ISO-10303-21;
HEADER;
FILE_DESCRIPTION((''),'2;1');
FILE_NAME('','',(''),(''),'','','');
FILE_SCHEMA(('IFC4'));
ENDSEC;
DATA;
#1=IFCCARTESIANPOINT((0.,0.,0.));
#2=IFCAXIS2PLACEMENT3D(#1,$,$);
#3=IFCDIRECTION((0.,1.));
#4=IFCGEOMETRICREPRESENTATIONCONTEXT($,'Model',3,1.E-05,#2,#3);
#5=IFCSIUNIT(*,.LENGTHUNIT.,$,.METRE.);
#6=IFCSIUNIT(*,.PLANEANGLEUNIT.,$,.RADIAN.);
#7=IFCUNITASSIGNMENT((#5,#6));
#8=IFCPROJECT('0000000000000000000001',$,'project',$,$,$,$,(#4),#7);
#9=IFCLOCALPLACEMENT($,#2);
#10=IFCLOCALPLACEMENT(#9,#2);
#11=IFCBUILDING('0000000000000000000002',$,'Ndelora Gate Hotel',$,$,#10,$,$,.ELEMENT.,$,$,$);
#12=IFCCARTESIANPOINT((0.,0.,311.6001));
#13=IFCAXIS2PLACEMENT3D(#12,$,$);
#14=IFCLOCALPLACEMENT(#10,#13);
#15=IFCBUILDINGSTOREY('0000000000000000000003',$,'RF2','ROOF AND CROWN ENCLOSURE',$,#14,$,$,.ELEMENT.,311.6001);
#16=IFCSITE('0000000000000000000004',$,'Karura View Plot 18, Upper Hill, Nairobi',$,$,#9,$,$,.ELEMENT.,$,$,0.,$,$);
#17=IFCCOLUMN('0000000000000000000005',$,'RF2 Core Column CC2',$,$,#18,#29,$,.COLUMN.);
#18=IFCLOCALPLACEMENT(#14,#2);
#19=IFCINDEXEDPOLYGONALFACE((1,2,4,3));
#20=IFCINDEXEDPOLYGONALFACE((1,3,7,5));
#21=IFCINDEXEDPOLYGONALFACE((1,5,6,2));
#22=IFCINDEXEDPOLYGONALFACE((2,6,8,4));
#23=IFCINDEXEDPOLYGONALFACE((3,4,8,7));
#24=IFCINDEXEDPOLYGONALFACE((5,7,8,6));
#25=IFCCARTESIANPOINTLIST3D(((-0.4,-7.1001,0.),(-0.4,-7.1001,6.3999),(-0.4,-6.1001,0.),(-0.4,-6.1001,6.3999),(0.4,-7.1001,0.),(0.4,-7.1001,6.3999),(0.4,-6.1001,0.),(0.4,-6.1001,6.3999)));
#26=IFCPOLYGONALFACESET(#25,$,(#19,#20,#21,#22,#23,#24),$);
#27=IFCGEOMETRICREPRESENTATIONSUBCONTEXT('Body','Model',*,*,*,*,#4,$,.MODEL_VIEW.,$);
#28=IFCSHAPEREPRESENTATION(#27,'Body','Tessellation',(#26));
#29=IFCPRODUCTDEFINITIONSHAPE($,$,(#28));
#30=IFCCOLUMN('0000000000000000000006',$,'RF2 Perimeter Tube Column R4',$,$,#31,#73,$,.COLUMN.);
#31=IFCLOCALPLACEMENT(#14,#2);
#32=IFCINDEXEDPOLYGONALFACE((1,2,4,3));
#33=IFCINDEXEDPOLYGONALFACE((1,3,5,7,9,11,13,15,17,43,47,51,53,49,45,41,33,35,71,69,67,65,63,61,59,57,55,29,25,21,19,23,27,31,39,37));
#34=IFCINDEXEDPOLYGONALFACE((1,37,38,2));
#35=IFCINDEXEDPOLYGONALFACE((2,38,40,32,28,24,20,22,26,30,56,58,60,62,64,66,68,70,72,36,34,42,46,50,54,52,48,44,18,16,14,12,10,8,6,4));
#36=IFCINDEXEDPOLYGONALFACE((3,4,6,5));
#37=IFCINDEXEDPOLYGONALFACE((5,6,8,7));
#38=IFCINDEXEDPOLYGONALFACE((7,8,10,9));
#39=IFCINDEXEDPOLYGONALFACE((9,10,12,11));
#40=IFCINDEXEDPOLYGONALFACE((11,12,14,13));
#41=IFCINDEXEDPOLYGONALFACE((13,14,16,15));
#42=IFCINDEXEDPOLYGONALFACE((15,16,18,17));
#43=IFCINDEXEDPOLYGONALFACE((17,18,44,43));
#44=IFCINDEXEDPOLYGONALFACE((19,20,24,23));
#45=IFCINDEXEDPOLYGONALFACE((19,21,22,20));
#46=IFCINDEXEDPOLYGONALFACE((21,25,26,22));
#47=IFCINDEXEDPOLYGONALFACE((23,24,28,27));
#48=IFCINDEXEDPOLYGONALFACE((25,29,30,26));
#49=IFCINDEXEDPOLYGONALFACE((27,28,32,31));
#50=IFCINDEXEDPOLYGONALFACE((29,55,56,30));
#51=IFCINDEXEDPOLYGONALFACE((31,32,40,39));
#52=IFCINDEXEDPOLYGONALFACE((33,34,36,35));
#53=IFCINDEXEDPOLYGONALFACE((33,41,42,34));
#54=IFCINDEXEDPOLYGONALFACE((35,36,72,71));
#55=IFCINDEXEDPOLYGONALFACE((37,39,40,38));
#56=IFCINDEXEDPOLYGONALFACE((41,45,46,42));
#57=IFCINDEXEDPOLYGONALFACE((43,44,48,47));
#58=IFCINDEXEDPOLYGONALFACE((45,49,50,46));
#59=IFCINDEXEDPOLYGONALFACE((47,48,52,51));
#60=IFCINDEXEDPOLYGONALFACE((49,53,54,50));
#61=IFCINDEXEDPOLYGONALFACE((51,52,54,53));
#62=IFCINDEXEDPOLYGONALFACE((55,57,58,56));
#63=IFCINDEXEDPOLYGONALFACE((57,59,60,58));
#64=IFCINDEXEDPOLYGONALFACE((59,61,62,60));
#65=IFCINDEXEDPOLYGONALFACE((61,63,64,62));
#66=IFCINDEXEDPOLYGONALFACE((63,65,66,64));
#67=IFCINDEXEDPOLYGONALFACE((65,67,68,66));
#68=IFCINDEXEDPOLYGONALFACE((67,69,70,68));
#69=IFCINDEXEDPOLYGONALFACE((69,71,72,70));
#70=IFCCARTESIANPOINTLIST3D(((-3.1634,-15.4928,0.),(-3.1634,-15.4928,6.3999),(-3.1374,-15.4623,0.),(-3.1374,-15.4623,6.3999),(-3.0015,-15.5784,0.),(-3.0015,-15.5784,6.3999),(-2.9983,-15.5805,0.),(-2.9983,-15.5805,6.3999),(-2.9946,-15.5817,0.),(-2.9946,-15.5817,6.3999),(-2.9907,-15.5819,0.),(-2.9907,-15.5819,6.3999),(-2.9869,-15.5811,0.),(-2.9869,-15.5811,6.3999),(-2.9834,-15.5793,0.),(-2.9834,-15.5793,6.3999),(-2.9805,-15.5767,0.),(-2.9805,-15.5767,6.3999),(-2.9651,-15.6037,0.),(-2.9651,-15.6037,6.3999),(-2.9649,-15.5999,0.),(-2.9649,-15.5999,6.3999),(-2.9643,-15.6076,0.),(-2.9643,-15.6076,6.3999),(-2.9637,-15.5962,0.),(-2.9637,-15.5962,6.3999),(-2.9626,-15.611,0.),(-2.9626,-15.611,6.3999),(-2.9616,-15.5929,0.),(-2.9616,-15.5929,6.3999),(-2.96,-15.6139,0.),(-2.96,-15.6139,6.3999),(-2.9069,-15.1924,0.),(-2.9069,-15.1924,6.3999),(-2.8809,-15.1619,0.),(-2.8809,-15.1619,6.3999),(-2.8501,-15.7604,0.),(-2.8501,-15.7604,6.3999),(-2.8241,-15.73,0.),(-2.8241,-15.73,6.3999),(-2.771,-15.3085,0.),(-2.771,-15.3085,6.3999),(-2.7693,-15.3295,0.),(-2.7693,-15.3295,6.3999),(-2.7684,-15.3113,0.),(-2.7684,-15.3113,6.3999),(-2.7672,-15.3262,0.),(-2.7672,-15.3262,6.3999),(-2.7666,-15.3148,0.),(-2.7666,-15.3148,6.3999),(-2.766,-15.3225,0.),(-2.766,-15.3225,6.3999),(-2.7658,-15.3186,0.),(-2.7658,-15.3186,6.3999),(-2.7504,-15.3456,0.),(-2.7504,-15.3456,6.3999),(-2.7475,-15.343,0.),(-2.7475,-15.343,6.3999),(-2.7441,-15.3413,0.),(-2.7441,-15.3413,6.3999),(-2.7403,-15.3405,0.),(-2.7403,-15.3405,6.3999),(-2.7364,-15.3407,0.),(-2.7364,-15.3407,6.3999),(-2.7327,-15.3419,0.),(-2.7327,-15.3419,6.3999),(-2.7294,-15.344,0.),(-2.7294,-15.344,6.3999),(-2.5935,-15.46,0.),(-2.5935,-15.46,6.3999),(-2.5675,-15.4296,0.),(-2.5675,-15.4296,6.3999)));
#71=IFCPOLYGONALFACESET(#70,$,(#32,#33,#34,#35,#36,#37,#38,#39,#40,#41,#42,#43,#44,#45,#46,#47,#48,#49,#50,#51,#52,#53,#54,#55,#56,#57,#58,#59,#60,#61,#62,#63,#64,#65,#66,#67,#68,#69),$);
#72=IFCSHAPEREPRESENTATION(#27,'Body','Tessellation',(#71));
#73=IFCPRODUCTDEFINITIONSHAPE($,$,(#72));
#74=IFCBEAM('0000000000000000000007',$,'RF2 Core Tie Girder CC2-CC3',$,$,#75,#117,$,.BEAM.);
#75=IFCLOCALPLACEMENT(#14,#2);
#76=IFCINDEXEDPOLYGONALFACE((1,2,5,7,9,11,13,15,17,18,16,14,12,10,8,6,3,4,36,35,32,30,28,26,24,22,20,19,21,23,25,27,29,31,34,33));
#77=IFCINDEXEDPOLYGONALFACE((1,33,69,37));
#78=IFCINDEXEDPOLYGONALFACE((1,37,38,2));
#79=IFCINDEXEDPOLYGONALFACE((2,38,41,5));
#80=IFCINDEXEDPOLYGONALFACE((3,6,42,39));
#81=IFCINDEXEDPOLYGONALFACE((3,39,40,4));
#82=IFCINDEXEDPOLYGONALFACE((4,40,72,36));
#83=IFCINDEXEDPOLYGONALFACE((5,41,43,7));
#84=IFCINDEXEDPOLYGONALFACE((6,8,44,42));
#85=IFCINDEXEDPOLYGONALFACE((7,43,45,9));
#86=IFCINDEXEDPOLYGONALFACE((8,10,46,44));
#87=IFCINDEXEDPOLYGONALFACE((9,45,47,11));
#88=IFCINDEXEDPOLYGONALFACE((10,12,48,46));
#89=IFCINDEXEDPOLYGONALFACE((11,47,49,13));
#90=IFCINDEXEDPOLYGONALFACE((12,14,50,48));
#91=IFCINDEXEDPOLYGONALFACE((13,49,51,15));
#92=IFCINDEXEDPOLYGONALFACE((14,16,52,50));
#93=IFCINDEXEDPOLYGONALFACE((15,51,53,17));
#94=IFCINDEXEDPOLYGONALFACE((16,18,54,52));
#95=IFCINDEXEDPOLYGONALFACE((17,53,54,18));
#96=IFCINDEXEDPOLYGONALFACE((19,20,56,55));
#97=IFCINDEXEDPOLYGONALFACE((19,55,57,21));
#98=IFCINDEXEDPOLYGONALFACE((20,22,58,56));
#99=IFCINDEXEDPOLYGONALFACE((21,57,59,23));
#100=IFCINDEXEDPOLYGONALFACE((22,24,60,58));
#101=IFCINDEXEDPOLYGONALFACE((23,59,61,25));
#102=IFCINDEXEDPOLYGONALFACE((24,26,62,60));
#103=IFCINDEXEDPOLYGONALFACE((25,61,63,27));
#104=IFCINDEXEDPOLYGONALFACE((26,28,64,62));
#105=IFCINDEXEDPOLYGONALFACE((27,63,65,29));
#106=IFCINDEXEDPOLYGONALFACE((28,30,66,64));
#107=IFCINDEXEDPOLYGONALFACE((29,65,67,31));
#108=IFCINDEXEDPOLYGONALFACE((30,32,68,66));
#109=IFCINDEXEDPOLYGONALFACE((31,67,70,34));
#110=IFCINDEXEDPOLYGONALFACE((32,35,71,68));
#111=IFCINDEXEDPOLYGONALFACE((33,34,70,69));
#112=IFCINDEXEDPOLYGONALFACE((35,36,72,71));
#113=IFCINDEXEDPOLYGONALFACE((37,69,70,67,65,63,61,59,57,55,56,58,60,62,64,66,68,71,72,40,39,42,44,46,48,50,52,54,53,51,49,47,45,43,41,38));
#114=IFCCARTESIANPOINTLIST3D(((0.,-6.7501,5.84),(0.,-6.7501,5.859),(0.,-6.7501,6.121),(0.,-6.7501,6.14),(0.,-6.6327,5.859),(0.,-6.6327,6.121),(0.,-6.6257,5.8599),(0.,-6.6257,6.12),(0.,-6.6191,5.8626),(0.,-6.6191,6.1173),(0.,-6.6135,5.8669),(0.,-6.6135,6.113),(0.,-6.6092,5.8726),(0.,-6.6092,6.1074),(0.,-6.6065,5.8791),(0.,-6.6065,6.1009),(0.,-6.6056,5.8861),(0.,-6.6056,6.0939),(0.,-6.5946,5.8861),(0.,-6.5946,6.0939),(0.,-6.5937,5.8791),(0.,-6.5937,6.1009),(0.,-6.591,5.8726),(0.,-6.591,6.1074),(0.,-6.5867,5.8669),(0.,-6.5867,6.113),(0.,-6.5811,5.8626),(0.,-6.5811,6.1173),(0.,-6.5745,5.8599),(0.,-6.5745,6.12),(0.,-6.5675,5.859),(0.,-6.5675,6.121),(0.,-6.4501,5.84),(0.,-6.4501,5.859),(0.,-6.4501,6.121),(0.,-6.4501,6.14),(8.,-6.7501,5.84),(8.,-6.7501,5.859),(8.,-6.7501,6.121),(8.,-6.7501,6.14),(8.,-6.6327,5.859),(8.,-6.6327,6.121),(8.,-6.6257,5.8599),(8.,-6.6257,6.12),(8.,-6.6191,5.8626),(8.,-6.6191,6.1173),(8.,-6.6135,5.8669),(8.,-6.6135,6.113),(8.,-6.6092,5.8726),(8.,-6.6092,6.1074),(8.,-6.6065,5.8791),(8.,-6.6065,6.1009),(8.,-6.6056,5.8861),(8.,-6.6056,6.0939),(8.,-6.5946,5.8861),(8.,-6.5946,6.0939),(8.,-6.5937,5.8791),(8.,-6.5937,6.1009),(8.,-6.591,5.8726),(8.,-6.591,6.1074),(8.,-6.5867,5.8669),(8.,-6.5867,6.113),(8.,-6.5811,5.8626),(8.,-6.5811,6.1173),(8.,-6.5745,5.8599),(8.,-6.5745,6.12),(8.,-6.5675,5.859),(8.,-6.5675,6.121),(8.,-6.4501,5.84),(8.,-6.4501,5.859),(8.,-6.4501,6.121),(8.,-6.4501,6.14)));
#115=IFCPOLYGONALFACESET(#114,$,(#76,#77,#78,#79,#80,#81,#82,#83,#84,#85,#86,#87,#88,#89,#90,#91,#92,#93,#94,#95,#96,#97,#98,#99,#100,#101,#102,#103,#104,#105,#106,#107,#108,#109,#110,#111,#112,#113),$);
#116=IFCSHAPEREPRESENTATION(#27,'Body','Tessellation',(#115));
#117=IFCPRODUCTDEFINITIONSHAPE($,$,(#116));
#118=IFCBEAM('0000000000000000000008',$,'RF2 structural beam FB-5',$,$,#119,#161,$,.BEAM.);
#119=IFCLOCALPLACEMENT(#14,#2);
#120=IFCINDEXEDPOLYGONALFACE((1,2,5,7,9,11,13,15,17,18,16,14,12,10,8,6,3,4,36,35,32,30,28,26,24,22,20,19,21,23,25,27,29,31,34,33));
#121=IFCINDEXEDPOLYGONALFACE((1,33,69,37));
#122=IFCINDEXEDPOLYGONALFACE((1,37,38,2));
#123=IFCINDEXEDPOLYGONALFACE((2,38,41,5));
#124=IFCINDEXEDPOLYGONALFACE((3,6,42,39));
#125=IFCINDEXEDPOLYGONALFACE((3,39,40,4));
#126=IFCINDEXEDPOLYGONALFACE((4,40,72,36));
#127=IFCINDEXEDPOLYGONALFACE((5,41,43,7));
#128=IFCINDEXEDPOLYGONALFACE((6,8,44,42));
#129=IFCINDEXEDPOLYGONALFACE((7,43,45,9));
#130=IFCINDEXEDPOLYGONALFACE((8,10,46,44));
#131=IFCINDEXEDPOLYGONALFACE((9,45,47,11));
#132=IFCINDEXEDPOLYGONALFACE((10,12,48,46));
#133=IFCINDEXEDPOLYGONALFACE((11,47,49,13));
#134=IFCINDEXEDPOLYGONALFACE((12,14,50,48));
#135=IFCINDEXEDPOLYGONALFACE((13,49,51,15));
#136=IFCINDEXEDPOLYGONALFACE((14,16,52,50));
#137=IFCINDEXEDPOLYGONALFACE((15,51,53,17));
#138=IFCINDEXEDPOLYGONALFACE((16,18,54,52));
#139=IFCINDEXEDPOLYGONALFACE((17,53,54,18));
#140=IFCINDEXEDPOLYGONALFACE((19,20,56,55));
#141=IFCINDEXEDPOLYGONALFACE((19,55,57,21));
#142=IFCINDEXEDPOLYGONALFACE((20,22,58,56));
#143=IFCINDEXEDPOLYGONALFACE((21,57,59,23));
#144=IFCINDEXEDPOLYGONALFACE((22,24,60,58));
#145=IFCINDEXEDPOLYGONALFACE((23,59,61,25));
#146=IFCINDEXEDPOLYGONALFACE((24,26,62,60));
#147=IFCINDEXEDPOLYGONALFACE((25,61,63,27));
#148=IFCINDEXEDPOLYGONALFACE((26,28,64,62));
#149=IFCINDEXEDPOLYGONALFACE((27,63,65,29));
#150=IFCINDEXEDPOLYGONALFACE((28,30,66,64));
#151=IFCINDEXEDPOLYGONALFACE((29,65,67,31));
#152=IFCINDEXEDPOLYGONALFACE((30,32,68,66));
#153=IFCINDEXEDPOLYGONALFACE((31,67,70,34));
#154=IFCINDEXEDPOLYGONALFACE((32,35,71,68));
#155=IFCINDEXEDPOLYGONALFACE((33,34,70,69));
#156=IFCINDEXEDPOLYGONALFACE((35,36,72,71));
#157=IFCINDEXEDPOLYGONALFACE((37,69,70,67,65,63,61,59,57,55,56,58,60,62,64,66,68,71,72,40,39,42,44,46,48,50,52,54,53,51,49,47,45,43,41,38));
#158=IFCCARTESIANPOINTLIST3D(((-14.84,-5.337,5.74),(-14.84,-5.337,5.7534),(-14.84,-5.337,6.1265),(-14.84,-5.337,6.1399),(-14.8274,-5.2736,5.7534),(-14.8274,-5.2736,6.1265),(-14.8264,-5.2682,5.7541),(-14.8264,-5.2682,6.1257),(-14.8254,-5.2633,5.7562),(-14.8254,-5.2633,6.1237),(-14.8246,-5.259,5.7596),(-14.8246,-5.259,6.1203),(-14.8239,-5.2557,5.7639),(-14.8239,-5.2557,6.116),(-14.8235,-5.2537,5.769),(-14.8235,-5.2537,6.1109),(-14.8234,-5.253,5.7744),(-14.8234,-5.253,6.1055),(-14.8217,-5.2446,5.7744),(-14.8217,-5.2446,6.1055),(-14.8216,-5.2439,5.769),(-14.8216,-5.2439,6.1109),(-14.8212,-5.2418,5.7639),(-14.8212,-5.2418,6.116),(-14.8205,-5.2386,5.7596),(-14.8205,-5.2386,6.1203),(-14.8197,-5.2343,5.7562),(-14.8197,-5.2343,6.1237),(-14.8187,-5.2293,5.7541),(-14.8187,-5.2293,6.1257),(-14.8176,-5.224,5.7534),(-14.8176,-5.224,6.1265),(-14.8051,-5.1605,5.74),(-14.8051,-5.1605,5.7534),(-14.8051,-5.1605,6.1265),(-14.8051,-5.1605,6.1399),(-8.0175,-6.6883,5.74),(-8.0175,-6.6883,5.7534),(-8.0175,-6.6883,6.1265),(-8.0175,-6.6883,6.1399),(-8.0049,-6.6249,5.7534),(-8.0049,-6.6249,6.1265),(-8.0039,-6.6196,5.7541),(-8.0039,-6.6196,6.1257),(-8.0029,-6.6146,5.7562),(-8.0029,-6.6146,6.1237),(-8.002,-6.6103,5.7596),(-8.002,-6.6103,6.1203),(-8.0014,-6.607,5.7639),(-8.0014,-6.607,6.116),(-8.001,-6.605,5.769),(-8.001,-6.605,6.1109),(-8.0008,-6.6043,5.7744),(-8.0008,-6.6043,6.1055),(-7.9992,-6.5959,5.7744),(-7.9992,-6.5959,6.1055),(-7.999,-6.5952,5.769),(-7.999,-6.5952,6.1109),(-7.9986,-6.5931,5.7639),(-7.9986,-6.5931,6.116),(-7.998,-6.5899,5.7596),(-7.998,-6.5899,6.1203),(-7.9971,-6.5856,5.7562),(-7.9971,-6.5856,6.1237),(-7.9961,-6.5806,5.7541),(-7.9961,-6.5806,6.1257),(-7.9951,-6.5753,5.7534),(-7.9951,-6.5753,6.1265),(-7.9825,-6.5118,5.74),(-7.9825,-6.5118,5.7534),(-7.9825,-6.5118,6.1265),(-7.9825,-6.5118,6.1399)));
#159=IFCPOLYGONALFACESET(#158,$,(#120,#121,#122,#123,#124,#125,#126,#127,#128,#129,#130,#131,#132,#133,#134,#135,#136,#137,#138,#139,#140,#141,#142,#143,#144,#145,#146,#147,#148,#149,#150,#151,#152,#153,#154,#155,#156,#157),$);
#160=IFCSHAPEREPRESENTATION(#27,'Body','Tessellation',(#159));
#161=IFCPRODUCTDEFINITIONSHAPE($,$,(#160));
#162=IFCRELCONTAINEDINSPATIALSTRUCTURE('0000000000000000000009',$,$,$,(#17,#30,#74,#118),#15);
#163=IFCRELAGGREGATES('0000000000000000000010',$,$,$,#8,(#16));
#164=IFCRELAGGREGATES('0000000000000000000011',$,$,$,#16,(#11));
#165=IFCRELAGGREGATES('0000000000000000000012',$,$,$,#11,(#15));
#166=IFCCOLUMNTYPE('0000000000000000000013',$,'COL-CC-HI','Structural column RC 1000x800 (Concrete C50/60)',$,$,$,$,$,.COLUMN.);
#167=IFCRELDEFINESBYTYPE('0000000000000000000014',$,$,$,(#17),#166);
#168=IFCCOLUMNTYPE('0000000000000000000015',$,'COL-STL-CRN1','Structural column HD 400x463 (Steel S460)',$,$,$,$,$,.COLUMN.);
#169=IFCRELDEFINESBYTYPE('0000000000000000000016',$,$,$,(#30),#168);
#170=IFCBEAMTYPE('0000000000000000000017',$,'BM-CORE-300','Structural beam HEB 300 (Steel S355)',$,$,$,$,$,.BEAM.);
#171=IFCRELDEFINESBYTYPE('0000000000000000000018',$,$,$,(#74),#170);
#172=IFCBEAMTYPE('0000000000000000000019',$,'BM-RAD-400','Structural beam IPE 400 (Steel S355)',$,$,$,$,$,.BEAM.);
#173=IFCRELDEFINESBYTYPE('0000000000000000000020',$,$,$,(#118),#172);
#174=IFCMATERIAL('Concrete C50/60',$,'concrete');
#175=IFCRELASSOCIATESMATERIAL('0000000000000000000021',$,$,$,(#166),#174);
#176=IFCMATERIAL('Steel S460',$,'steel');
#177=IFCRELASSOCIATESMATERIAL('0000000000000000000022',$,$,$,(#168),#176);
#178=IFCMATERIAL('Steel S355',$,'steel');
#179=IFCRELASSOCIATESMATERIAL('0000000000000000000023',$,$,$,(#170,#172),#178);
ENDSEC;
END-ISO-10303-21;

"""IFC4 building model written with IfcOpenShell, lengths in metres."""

from ifc_helpers import new_model, si_unit, direction, frame, origin, origin_2d, place, context, subcontext, project, spatial, rectangle, i_section, extrude, material, material_profile, profile_set, type_object, element, save


model = new_model("IFC4")

# Units and contexts
model_context = context("Model", 3, precision=1e-05, world=origin(), true_north=direction((0.0, 1.0)))
body_context = subcontext(model_context, "Body", "Model", "MODEL_VIEW")
ifc_project = project(units=[si_unit("LENGTHUNIT", "METRE"), si_unit("PLANEANGLEUNIT", "RADIAN")], contexts=[model_context])

# Site, building, storey
site_placement = place(None, origin())
site = spatial("IfcSite", under=ifc_project, at=site_placement, Name="Karura View Plot 18, Upper Hill, Nairobi", CompositionType="ELEMENT", RefElevation=0.0)
building_placement = place(site_placement, origin())
building = spatial("IfcBuilding", under=site, at=building_placement, Name="Ndelora Gate Hotel", CompositionType="ELEMENT")
storey_placement = place(building_placement, frame((0.0, 0.0, 311.6001)))
storey = spatial("IfcBuildingStorey", under=building, at=storey_placement, Name="RF2", Description="ROOF AND CROWN ENCLOSURE", CompositionType="ELEMENT", Elevation=311.6001)

# Columns
ifc_material_1 = material(Name="Concrete C50/60", Category="concrete")
ifc_material_profile_1 = material_profile(ifc_material_1, rectangle(XDim=0.8, YDim=1.0, at=origin_2d()), Name="RC 1000x800")
ifc_profile_set_1 = profile_set([ifc_material_profile_1], Name="Concrete C50/60")
column_type_1 = type_object("IfcColumnType", Name="COL-CC-HI", Description="Structural column RC 1000x800 (Concrete C50/60)", PredefinedType="COLUMN", material=ifc_profile_set_1)
column_1_placement = place(storey_placement, frame((0.0, -6.6001, 0.0), z_axis=(0.0, 0.0, 1.0), x_axis=(1.0, 0.0, 0.0)))
element("IfcColumn", 1, at=column_1_placement, inside=storey, type_object=column_type_1, Name="RF2 Core Column CC2", PredefinedType="COLUMN", context=body_context, shape_type="SweptSolid", body=[
    extrude(rectangle(XDim=0.8, YDim=1.0, at=origin_2d()), origin(), (0.0, 0.0, 1.0), 6.3999),
])
ifc_material_2 = material(Name="Steel S460", Category="steel")
ifc_material_profile_2 = material_profile(ifc_material_2, i_section(OverallWidth=0.4121, OverallDepth=0.4351, WebThickness=0.0249, FlangeThickness=0.04, FilletRadius=0.0149, at=origin_2d()), Name="HD 400x463")
ifc_profile_set_2 = profile_set([ifc_material_profile_2], Name="Steel S460")
column_type_2 = type_object("IfcColumnType", Name="COL-STL-CRN1", Description="Structural column HD 400x463 (Steel S460)", PredefinedType="COLUMN", material=ifc_profile_set_2)
column_2_placement = place(storey_placement, frame((-2.8655, -15.4612, 0.0), z_axis=(0.0, 0.0, 1.0), x_axis=(-0.760406, 0.649448, 0.0)))
element("IfcColumn", 2, at=column_2_placement, inside=storey, type_object=column_type_2, Name="RF2 Perimeter Tube Column R4", PredefinedType="COLUMN", context=body_context, shape_type="SweptSolid", body=[
    extrude(i_section(OverallWidth=0.4121, OverallDepth=0.4351, WebThickness=0.0249, FlangeThickness=0.04, FilletRadius=0.0149, at=origin_2d()), origin(), (0.0, 0.0, 1.0), 6.3999),
])

# Beams
ifc_material_3 = material(Name="Steel S355", Category="steel")
ifc_material_profile_3 = material_profile(ifc_material_3, i_section(OverallWidth=0.3, OverallDepth=0.3, WebThickness=0.011, FlangeThickness=0.019, FilletRadius=0.0271, at=origin_2d()), Name="HEB 300")
ifc_profile_set_3 = profile_set([ifc_material_profile_3], Name="Steel S355")
beam_type_1 = type_object("IfcBeamType", Name="BM-CORE-300", Description="Structural beam HEB 300 (Steel S355)", PredefinedType="BEAM", material=ifc_profile_set_3)
beam_1_placement = place(storey_placement, frame((0.0, -6.6001, 5.99), z_axis=(1.0, 0.0, 0.0), x_axis=(0.0, 1.0, 0.0)))
element("IfcBeam", 3, at=beam_1_placement, inside=storey, type_object=beam_type_1, Name="RF2 Core Tie Girder CC2-CC3", PredefinedType="BEAM", context=body_context, shape_type="SweptSolid", body=[
    extrude(i_section(OverallWidth=0.3, OverallDepth=0.3, WebThickness=0.011, FlangeThickness=0.019, FilletRadius=0.0271, at=origin_2d()), origin(), (0.0, 0.0, 1.0), 8.0),
])
ifc_material_profile_4 = material_profile(ifc_material_3, i_section(OverallWidth=0.1799, OverallDepth=0.3999, WebThickness=0.0085, FlangeThickness=0.0134, FilletRadius=0.021, at=origin_2d()), Name="IPE 400")
ifc_profile_set_4 = profile_set([ifc_material_profile_4], Name="Steel S355")
beam_type_2 = type_object("IfcBeamType", Name="BM-RAD-400", Description="Structural beam IPE 400 (Steel S355)", PredefinedType="BEAM", material=ifc_profile_set_4)
beam_2_placement = place(storey_placement, frame((-8.0, -6.6001, 5.9399), z_axis=(-0.980944, 0.194293, 0.0), x_axis=(-0.194293, -0.980944, 0.0)))
element("IfcBeam", 4, at=beam_2_placement, inside=storey, type_object=beam_type_2, Name="RF2 structural beam FB-5", PredefinedType="BEAM", context=body_context, shape_type="SweptSolid", body=[
    extrude(i_section(OverallWidth=0.1799, OverallDepth=0.3999, WebThickness=0.0085, FlangeThickness=0.0134, FilletRadius=0.021, at=origin_2d()), origin(), (0.0, 0.0, 1.0), 6.9551),
])

save(model, "model.ifc")
